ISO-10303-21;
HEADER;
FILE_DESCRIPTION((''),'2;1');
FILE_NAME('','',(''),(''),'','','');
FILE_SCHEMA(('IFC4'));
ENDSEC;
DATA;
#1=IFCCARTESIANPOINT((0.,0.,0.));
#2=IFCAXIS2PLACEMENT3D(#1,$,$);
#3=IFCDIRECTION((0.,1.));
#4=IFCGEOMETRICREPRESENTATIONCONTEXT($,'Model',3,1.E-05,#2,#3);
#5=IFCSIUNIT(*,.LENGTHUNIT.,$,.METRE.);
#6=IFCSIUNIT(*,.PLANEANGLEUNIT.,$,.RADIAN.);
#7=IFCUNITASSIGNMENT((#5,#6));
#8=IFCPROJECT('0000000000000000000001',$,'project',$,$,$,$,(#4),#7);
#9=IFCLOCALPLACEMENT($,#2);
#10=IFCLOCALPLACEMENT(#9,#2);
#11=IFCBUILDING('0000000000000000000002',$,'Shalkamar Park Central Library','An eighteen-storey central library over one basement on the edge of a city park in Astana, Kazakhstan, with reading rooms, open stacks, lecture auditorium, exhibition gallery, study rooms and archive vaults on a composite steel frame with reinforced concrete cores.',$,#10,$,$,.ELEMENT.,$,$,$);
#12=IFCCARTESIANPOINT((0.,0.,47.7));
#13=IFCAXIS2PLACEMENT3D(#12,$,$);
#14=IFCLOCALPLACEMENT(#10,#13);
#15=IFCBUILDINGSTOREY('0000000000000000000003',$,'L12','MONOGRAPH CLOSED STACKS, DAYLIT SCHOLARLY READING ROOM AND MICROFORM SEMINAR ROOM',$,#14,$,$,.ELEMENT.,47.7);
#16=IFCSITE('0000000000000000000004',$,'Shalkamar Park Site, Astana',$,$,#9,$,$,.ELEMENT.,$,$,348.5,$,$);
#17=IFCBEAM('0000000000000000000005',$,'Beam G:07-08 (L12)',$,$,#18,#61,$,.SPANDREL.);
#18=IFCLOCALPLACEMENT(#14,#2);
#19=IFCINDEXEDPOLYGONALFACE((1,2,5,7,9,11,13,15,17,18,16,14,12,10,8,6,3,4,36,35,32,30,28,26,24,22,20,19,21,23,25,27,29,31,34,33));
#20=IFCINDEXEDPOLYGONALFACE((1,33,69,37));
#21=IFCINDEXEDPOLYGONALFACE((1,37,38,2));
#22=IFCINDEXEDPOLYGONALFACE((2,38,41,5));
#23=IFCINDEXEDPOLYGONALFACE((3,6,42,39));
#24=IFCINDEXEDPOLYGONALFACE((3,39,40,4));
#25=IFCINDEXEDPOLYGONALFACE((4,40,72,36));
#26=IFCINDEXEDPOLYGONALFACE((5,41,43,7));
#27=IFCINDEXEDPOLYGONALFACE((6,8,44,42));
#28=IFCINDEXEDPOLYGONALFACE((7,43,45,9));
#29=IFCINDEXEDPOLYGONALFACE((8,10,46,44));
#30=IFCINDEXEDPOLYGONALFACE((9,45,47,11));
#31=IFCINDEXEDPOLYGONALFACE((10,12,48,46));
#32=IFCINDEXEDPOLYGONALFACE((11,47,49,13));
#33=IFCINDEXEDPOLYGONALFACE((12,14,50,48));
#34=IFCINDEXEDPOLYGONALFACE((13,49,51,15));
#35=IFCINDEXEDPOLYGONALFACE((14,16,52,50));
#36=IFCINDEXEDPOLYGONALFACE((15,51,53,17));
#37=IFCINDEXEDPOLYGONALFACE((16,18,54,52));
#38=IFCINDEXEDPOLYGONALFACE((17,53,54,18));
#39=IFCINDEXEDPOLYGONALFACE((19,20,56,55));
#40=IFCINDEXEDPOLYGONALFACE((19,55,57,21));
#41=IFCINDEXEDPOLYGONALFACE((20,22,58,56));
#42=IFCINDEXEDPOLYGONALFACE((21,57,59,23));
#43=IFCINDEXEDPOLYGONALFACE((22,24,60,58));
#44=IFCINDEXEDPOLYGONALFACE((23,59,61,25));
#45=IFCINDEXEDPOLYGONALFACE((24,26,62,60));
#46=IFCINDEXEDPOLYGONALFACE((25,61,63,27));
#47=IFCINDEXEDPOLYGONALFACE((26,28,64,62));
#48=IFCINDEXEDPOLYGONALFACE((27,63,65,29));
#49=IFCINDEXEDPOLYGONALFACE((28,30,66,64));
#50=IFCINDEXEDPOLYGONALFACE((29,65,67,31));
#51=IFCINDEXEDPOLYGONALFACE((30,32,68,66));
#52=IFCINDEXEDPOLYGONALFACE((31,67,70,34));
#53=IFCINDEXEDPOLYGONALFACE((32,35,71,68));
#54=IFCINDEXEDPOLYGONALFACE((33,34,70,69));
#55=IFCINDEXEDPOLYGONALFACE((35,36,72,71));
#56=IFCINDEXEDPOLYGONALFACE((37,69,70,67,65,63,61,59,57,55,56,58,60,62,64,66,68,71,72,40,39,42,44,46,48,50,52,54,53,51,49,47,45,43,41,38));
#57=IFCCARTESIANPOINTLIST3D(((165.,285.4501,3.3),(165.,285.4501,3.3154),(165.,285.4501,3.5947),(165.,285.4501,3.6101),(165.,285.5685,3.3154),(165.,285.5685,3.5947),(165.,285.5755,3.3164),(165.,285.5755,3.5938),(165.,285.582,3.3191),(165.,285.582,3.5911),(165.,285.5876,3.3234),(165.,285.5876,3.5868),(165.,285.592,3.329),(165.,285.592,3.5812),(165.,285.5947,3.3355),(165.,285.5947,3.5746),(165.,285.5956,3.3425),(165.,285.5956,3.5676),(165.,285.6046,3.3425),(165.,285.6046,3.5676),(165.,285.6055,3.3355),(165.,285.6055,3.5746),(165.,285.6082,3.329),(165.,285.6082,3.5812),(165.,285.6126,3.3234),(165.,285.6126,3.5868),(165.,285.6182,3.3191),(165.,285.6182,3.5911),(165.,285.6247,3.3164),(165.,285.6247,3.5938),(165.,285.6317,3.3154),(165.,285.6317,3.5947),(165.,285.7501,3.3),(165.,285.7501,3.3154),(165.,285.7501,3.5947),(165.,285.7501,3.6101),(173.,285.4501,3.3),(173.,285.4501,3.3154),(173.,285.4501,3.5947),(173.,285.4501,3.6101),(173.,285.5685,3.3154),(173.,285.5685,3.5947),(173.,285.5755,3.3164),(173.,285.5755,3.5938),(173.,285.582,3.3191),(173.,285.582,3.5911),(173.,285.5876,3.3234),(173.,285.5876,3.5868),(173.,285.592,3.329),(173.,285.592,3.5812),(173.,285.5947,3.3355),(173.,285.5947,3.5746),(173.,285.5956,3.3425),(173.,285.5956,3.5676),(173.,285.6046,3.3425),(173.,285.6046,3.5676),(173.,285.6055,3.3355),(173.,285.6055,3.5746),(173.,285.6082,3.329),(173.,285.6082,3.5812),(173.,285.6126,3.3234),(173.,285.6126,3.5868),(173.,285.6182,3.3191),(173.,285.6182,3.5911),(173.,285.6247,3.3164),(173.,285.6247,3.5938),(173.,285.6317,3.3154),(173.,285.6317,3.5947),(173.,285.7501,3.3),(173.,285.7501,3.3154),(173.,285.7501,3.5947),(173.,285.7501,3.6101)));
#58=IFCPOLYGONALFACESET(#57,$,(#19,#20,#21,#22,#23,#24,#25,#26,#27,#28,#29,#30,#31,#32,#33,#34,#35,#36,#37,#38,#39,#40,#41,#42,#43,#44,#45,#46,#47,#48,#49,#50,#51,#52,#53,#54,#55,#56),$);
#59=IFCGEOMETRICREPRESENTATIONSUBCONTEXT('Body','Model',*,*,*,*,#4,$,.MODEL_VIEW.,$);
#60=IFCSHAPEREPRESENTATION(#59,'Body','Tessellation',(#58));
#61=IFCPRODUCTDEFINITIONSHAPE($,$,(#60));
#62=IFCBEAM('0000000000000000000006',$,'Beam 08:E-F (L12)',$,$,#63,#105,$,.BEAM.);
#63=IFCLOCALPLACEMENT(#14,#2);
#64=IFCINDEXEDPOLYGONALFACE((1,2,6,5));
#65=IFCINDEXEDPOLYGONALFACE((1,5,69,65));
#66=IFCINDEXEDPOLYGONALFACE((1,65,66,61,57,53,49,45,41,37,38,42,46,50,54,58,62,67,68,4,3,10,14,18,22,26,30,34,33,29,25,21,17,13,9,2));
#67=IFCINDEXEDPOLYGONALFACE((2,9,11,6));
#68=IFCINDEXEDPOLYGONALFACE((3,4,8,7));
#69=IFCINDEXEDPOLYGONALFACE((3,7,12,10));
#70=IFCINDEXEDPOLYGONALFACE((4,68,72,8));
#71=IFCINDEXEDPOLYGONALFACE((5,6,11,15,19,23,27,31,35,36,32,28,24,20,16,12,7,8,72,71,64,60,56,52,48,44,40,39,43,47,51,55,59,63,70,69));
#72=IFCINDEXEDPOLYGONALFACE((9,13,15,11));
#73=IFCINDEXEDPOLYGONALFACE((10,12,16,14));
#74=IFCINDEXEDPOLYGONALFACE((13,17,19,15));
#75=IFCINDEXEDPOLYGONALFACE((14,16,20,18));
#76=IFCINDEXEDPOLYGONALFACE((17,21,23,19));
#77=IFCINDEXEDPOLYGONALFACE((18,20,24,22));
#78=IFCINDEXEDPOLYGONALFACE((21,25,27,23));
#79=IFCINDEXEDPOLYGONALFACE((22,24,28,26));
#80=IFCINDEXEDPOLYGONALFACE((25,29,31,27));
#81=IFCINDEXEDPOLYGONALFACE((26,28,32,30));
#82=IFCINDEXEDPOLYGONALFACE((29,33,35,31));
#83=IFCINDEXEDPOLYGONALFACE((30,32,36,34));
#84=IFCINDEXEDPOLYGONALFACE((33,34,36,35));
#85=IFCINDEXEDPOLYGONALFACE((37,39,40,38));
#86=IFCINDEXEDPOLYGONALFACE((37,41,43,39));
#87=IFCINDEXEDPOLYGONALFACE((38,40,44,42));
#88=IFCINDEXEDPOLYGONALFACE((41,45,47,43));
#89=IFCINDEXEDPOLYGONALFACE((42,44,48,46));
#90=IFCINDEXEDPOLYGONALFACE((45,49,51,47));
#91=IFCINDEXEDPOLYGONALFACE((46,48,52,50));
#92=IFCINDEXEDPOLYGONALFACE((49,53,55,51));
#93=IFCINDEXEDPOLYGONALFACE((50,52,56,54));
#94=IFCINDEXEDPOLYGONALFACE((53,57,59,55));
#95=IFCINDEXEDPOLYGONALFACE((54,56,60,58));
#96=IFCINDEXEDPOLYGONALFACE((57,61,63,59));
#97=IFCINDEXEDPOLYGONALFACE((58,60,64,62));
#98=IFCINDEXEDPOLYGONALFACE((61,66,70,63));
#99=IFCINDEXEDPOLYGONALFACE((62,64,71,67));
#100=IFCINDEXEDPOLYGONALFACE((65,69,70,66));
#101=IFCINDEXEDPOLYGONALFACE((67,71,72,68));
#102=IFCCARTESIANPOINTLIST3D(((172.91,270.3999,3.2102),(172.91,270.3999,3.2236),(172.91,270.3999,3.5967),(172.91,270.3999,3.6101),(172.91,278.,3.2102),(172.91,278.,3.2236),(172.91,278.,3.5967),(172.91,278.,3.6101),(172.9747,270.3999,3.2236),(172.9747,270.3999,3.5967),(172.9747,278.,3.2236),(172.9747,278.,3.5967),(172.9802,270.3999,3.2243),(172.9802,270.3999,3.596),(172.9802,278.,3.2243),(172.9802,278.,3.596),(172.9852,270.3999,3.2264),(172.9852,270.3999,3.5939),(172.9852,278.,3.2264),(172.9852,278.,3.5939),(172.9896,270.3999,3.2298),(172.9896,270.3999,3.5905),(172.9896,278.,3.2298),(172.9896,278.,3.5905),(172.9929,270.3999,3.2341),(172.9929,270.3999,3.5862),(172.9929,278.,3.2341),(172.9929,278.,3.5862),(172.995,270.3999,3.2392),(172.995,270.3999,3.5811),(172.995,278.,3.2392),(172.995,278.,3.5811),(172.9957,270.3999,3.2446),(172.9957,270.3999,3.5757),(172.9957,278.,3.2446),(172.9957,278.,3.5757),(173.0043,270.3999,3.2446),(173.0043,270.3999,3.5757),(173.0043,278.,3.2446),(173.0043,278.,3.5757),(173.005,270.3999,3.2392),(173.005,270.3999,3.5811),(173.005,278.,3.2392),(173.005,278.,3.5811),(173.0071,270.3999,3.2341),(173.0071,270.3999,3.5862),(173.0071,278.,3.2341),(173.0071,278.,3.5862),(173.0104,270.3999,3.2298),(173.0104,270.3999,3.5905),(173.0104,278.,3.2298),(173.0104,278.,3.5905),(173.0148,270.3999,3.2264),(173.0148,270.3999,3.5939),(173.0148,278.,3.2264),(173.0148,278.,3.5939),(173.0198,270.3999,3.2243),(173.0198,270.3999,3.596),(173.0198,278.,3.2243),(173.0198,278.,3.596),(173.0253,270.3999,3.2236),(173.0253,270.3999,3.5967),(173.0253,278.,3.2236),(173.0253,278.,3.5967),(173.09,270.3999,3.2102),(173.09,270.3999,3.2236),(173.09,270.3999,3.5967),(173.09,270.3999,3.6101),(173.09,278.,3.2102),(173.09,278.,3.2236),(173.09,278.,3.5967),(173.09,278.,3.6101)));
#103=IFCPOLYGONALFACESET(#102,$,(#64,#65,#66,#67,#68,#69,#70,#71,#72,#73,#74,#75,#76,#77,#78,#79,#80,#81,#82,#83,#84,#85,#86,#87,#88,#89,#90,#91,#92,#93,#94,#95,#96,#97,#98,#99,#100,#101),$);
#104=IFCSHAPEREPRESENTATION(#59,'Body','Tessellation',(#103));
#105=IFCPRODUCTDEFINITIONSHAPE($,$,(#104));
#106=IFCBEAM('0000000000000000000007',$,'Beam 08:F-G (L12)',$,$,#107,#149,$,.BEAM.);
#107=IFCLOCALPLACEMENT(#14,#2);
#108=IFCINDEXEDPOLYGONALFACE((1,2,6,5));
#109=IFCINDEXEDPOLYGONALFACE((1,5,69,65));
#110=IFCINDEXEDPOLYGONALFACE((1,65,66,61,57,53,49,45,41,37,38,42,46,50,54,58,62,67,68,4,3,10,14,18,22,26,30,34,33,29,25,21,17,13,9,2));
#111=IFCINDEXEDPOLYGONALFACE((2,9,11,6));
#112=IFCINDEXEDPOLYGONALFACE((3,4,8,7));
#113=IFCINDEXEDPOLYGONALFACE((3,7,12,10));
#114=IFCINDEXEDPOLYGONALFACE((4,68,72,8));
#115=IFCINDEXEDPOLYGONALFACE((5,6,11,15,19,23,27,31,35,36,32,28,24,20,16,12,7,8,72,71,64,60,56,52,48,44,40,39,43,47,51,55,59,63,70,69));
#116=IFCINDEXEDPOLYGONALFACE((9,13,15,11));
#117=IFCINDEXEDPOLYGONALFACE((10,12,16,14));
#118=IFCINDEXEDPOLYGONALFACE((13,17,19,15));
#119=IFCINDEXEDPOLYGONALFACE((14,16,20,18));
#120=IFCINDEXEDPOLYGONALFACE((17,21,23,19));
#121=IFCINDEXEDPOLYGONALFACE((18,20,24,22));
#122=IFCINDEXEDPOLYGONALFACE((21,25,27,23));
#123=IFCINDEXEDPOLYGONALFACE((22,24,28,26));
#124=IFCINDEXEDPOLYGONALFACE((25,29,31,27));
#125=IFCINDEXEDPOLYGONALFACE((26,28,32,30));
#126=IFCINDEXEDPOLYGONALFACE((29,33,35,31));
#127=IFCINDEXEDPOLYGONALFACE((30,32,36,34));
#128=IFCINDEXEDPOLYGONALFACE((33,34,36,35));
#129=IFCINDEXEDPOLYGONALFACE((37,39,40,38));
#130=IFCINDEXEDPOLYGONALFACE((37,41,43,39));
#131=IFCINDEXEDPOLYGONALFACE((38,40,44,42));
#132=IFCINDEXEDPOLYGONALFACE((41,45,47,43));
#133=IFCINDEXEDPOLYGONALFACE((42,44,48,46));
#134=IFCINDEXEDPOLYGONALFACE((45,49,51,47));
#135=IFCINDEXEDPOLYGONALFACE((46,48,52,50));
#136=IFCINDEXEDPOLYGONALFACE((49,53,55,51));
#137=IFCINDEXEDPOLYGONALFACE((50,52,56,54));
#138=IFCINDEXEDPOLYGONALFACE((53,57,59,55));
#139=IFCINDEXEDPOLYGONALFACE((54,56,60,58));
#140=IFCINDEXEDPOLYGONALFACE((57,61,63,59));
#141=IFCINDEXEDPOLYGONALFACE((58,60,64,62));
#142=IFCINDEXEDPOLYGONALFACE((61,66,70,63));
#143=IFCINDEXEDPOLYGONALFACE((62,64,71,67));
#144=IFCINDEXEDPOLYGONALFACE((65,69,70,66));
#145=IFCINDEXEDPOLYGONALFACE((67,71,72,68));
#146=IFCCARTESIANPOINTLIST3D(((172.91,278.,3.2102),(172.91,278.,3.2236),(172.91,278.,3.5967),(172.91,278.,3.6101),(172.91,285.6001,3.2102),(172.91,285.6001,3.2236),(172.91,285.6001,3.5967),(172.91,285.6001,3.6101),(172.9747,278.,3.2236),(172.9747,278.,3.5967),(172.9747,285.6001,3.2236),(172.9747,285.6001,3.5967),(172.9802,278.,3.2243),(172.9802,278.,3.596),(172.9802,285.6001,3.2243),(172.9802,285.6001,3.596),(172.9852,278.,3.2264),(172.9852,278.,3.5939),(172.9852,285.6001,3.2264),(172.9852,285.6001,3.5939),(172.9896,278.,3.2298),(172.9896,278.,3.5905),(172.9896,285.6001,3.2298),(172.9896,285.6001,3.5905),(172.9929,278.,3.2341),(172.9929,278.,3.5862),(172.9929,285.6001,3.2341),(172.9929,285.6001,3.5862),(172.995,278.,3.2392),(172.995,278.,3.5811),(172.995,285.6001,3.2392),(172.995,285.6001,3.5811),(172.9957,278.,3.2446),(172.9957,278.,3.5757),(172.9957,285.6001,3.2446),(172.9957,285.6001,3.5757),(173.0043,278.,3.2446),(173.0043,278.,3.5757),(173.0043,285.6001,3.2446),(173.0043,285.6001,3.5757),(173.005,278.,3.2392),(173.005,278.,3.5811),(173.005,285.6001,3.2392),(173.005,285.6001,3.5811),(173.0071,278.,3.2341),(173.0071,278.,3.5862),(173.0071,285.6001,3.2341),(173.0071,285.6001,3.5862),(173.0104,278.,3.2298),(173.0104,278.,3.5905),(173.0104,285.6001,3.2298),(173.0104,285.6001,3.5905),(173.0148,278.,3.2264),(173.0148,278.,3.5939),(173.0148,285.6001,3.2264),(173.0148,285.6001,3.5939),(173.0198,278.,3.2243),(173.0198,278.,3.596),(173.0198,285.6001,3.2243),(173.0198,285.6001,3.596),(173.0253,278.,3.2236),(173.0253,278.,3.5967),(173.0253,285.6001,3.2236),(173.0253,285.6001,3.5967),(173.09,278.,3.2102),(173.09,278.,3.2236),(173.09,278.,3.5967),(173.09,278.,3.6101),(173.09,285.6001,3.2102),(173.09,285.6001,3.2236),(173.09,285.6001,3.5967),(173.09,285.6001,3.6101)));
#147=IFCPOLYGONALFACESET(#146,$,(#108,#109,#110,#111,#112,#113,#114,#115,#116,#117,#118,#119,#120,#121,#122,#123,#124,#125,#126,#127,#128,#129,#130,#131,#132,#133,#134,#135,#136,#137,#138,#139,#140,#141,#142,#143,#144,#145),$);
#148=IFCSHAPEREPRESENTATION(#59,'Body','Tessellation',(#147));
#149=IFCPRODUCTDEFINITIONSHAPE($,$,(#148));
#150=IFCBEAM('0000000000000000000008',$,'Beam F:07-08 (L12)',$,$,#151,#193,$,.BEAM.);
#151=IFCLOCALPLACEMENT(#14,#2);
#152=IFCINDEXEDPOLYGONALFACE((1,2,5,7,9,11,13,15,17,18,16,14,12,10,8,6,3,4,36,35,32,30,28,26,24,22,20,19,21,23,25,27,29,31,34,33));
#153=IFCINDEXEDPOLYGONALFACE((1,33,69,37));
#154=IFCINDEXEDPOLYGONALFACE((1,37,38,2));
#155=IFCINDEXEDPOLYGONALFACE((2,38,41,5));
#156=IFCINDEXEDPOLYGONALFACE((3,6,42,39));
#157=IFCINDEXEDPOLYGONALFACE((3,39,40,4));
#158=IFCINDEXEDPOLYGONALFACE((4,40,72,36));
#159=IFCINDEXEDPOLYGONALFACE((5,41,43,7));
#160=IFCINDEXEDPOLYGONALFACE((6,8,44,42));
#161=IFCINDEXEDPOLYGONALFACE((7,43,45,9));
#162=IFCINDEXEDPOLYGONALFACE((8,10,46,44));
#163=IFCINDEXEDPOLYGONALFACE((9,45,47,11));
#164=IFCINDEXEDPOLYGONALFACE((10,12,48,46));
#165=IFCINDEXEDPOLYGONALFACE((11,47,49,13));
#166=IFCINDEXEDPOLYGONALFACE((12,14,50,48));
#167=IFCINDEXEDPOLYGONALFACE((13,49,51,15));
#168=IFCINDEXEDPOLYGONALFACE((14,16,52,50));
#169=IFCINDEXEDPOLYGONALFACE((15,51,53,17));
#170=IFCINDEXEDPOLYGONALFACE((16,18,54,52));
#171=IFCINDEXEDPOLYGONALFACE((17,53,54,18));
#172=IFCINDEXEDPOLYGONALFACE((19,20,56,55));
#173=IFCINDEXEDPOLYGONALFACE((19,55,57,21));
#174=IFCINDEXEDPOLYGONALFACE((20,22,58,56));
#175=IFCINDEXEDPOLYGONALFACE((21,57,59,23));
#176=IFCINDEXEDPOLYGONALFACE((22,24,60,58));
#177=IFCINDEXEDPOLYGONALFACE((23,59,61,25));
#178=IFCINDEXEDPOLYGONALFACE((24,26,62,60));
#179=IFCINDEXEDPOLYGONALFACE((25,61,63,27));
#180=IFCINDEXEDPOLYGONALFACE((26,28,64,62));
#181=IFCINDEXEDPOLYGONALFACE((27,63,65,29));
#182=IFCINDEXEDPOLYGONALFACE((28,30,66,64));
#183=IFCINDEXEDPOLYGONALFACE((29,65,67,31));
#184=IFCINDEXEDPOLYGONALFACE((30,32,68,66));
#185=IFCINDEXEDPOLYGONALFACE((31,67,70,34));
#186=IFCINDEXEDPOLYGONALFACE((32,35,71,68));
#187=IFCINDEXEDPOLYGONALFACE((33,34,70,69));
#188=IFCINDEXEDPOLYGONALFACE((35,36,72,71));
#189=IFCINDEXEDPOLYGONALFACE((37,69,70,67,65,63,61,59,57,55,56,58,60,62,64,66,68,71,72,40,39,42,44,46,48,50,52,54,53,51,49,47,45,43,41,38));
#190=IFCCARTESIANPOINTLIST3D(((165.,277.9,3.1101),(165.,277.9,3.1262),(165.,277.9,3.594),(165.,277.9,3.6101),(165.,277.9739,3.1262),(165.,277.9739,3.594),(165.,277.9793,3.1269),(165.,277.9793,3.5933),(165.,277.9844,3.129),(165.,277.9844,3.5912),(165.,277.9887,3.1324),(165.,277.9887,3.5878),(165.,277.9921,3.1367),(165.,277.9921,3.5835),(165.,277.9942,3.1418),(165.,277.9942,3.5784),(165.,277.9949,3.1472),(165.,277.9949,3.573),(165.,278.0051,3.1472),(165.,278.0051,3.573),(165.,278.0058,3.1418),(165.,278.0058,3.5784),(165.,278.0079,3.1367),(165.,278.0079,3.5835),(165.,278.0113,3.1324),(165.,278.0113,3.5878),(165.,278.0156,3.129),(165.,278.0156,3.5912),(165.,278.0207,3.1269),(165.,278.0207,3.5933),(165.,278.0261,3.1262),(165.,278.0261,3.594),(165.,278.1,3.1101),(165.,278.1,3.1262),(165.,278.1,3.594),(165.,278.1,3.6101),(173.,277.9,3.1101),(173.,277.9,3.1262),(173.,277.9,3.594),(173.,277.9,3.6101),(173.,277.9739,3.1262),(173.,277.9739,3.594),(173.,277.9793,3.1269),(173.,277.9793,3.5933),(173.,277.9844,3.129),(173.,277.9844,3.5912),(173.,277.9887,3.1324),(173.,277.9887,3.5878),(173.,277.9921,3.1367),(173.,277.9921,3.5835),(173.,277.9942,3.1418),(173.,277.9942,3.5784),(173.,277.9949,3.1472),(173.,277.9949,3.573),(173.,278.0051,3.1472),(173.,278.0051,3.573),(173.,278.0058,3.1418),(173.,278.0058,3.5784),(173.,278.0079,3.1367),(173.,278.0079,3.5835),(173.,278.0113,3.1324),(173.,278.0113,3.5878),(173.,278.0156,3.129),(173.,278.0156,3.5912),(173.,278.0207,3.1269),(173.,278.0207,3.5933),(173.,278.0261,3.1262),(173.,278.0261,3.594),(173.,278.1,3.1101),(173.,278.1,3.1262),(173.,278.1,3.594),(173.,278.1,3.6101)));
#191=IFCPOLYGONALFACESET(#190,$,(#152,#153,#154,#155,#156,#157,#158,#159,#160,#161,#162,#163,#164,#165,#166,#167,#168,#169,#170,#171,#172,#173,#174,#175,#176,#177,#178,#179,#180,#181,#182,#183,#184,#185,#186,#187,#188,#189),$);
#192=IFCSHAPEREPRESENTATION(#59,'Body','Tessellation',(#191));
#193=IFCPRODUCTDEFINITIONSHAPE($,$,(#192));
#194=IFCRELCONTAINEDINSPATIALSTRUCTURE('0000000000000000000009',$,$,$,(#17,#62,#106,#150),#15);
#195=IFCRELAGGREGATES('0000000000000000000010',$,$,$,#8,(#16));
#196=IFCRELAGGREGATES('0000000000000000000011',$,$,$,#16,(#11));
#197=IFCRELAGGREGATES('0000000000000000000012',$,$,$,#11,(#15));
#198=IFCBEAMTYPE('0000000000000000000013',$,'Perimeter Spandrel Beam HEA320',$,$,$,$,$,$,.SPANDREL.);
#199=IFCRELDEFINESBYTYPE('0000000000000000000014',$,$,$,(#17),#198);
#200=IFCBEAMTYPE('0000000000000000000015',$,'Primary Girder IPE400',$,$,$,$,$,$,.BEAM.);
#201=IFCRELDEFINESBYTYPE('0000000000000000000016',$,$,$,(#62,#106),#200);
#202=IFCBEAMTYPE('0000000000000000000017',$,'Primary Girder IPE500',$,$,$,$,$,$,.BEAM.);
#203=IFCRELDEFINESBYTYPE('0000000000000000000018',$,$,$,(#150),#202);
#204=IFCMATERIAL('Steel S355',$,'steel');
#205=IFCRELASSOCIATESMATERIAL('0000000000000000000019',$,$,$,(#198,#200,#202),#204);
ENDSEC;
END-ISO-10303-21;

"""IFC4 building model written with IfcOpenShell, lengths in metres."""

from ifc_helpers import new_model, si_unit, direction, frame, origin, origin_2d, place, context, subcontext, project, spatial, i_section, extrude, material, material_profile, profile_set, type_object, element, save


model = new_model("IFC4")

# Units and contexts
model_context = context("Model", 3, precision=1e-05, world=origin(), true_north=direction((0.0, 1.0)))
body_context = subcontext(model_context, "Body", "Model", "MODEL_VIEW")
ifc_project = project(units=[si_unit("LENGTHUNIT", "METRE"), si_unit("PLANEANGLEUNIT", "RADIAN")], contexts=[model_context])

# Site, building, storey
site_placement = place(None, origin())
site = spatial("IfcSite", under=ifc_project, at=site_placement, Name="Shalkamar Park Site, Astana", CompositionType="ELEMENT", RefElevation=348.5)
building_placement = place(site_placement, origin())
building = spatial("IfcBuilding", under=site, at=building_placement, Name="Shalkamar Park Central Library", Description="An eighteen-storey central library over one basement on the edge of a city park in Astana, Kazakhstan, with reading rooms, open stacks, lecture auditorium, exhibition gallery, study rooms and archive vaults on a composite steel frame with reinforced concrete cores.", CompositionType="ELEMENT")
storey_placement = place(building_placement, frame((0.0, 0.0, 47.7)))
storey = spatial("IfcBuildingStorey", under=building, at=storey_placement, Name="L12", Description="MONOGRAPH CLOSED STACKS, DAYLIT SCHOLARLY READING ROOM AND MICROFORM SEMINAR ROOM", CompositionType="ELEMENT", Elevation=47.7)

# Shared definitions
ifc_material_1 = material(Name="Steel S355", Category="steel")

# Beams
ifc_material_profile_1 = material_profile(ifc_material_1, i_section(OverallWidth=0.3, OverallDepth=0.3101, WebThickness=0.009, FlangeThickness=0.0154, FilletRadius=0.0271, at=origin_2d()), Name="HEA 320")
ifc_profile_set_1 = profile_set([ifc_material_profile_1], Name="Steel S355")
beam_type_1 = type_object("IfcBeamType", Name="Perimeter Spandrel Beam HEA320", PredefinedType="SPANDREL", material=ifc_profile_set_1)
beam_1_placement = place(storey_placement, frame((165.0, 285.6001, 3.4551), z_axis=(1.0, 0.0, 0.0), x_axis=(0.0, 1.0, 0.0)))
element("IfcBeam", 1, at=beam_1_placement, inside=storey, type_object=beam_type_1, Name="Beam G:07-08 (L12)", PredefinedType="SPANDREL", context=body_context, shape_type="SweptSolid", body=[
    extrude(i_section(OverallWidth=0.3, OverallDepth=0.3101, WebThickness=0.009, FlangeThickness=0.0154, FilletRadius=0.0271, at=origin_2d()), origin(), (0.0, 0.0, 1.0), 8.0),
])
ifc_material_profile_2 = material_profile(ifc_material_1, i_section(OverallWidth=0.1799, OverallDepth=0.3999, WebThickness=0.0085, FlangeThickness=0.0134, FilletRadius=0.021, at=origin_2d()), Name="IPE 400")
ifc_profile_set_2 = profile_set([ifc_material_profile_2], Name="Steel S355")
beam_type_2 = type_object("IfcBeamType", Name="Primary Girder IPE400", PredefinedType="BEAM", material=ifc_profile_set_2)
for number, where, z_axis, x_axis, name in (
    (2, (173.0, 270.3999, 3.4102), (0.0, 1.0, 0.0), (-1.0, 0.0, 0.0), "Beam 08:E-F (L12)"),
    (3, (173.0, 278.0, 3.4102), (0.0, 1.0, 0.0), (-1.0, 0.0, 0.0), "Beam 08:F-G (L12)"),
):
    element("IfcBeam", number, at=place(storey_placement, frame(where, z_axis=z_axis, x_axis=x_axis)), inside=storey, type_object=beam_type_2, Name=name, PredefinedType="BEAM", context=body_context, shape_type="SweptSolid", body=[
        extrude(i_section(OverallWidth=0.1799, OverallDepth=0.3999, WebThickness=0.0085, FlangeThickness=0.0134, FilletRadius=0.021, at=origin_2d()), origin(), (0.0, 0.0, 1.0), 7.6001),
    ])
ifc_material_profile_3 = material_profile(ifc_material_1, i_section(OverallWidth=0.2, OverallDepth=0.5, WebThickness=0.0103, FlangeThickness=0.0161, FilletRadius=0.021, at=origin_2d()), Name="IPE 500")
ifc_profile_set_3 = profile_set([ifc_material_profile_3], Name="Steel S355")
beam_type_3 = type_object("IfcBeamType", Name="Primary Girder IPE500", PredefinedType="BEAM", material=ifc_profile_set_3)
for number, where, z_axis, x_axis, name in (
    (4, (165.0, 278.0, 3.3601), (1.0, 0.0, 0.0), (0.0, 1.0, 0.0), "Beam F:07-08 (L12)"),
):
    element("IfcBeam", number, at=place(storey_placement, frame(where, z_axis=z_axis, x_axis=x_axis)), inside=storey, type_object=beam_type_3, Name=name, PredefinedType="BEAM", context=body_context, shape_type="SweptSolid", body=[
        extrude(i_section(OverallWidth=0.2, OverallDepth=0.5, WebThickness=0.0103, FlangeThickness=0.0161, FilletRadius=0.021, at=origin_2d()), origin(), (0.0, 0.0, 1.0), 8.0),
    ])

save(model, "model.ifc")
